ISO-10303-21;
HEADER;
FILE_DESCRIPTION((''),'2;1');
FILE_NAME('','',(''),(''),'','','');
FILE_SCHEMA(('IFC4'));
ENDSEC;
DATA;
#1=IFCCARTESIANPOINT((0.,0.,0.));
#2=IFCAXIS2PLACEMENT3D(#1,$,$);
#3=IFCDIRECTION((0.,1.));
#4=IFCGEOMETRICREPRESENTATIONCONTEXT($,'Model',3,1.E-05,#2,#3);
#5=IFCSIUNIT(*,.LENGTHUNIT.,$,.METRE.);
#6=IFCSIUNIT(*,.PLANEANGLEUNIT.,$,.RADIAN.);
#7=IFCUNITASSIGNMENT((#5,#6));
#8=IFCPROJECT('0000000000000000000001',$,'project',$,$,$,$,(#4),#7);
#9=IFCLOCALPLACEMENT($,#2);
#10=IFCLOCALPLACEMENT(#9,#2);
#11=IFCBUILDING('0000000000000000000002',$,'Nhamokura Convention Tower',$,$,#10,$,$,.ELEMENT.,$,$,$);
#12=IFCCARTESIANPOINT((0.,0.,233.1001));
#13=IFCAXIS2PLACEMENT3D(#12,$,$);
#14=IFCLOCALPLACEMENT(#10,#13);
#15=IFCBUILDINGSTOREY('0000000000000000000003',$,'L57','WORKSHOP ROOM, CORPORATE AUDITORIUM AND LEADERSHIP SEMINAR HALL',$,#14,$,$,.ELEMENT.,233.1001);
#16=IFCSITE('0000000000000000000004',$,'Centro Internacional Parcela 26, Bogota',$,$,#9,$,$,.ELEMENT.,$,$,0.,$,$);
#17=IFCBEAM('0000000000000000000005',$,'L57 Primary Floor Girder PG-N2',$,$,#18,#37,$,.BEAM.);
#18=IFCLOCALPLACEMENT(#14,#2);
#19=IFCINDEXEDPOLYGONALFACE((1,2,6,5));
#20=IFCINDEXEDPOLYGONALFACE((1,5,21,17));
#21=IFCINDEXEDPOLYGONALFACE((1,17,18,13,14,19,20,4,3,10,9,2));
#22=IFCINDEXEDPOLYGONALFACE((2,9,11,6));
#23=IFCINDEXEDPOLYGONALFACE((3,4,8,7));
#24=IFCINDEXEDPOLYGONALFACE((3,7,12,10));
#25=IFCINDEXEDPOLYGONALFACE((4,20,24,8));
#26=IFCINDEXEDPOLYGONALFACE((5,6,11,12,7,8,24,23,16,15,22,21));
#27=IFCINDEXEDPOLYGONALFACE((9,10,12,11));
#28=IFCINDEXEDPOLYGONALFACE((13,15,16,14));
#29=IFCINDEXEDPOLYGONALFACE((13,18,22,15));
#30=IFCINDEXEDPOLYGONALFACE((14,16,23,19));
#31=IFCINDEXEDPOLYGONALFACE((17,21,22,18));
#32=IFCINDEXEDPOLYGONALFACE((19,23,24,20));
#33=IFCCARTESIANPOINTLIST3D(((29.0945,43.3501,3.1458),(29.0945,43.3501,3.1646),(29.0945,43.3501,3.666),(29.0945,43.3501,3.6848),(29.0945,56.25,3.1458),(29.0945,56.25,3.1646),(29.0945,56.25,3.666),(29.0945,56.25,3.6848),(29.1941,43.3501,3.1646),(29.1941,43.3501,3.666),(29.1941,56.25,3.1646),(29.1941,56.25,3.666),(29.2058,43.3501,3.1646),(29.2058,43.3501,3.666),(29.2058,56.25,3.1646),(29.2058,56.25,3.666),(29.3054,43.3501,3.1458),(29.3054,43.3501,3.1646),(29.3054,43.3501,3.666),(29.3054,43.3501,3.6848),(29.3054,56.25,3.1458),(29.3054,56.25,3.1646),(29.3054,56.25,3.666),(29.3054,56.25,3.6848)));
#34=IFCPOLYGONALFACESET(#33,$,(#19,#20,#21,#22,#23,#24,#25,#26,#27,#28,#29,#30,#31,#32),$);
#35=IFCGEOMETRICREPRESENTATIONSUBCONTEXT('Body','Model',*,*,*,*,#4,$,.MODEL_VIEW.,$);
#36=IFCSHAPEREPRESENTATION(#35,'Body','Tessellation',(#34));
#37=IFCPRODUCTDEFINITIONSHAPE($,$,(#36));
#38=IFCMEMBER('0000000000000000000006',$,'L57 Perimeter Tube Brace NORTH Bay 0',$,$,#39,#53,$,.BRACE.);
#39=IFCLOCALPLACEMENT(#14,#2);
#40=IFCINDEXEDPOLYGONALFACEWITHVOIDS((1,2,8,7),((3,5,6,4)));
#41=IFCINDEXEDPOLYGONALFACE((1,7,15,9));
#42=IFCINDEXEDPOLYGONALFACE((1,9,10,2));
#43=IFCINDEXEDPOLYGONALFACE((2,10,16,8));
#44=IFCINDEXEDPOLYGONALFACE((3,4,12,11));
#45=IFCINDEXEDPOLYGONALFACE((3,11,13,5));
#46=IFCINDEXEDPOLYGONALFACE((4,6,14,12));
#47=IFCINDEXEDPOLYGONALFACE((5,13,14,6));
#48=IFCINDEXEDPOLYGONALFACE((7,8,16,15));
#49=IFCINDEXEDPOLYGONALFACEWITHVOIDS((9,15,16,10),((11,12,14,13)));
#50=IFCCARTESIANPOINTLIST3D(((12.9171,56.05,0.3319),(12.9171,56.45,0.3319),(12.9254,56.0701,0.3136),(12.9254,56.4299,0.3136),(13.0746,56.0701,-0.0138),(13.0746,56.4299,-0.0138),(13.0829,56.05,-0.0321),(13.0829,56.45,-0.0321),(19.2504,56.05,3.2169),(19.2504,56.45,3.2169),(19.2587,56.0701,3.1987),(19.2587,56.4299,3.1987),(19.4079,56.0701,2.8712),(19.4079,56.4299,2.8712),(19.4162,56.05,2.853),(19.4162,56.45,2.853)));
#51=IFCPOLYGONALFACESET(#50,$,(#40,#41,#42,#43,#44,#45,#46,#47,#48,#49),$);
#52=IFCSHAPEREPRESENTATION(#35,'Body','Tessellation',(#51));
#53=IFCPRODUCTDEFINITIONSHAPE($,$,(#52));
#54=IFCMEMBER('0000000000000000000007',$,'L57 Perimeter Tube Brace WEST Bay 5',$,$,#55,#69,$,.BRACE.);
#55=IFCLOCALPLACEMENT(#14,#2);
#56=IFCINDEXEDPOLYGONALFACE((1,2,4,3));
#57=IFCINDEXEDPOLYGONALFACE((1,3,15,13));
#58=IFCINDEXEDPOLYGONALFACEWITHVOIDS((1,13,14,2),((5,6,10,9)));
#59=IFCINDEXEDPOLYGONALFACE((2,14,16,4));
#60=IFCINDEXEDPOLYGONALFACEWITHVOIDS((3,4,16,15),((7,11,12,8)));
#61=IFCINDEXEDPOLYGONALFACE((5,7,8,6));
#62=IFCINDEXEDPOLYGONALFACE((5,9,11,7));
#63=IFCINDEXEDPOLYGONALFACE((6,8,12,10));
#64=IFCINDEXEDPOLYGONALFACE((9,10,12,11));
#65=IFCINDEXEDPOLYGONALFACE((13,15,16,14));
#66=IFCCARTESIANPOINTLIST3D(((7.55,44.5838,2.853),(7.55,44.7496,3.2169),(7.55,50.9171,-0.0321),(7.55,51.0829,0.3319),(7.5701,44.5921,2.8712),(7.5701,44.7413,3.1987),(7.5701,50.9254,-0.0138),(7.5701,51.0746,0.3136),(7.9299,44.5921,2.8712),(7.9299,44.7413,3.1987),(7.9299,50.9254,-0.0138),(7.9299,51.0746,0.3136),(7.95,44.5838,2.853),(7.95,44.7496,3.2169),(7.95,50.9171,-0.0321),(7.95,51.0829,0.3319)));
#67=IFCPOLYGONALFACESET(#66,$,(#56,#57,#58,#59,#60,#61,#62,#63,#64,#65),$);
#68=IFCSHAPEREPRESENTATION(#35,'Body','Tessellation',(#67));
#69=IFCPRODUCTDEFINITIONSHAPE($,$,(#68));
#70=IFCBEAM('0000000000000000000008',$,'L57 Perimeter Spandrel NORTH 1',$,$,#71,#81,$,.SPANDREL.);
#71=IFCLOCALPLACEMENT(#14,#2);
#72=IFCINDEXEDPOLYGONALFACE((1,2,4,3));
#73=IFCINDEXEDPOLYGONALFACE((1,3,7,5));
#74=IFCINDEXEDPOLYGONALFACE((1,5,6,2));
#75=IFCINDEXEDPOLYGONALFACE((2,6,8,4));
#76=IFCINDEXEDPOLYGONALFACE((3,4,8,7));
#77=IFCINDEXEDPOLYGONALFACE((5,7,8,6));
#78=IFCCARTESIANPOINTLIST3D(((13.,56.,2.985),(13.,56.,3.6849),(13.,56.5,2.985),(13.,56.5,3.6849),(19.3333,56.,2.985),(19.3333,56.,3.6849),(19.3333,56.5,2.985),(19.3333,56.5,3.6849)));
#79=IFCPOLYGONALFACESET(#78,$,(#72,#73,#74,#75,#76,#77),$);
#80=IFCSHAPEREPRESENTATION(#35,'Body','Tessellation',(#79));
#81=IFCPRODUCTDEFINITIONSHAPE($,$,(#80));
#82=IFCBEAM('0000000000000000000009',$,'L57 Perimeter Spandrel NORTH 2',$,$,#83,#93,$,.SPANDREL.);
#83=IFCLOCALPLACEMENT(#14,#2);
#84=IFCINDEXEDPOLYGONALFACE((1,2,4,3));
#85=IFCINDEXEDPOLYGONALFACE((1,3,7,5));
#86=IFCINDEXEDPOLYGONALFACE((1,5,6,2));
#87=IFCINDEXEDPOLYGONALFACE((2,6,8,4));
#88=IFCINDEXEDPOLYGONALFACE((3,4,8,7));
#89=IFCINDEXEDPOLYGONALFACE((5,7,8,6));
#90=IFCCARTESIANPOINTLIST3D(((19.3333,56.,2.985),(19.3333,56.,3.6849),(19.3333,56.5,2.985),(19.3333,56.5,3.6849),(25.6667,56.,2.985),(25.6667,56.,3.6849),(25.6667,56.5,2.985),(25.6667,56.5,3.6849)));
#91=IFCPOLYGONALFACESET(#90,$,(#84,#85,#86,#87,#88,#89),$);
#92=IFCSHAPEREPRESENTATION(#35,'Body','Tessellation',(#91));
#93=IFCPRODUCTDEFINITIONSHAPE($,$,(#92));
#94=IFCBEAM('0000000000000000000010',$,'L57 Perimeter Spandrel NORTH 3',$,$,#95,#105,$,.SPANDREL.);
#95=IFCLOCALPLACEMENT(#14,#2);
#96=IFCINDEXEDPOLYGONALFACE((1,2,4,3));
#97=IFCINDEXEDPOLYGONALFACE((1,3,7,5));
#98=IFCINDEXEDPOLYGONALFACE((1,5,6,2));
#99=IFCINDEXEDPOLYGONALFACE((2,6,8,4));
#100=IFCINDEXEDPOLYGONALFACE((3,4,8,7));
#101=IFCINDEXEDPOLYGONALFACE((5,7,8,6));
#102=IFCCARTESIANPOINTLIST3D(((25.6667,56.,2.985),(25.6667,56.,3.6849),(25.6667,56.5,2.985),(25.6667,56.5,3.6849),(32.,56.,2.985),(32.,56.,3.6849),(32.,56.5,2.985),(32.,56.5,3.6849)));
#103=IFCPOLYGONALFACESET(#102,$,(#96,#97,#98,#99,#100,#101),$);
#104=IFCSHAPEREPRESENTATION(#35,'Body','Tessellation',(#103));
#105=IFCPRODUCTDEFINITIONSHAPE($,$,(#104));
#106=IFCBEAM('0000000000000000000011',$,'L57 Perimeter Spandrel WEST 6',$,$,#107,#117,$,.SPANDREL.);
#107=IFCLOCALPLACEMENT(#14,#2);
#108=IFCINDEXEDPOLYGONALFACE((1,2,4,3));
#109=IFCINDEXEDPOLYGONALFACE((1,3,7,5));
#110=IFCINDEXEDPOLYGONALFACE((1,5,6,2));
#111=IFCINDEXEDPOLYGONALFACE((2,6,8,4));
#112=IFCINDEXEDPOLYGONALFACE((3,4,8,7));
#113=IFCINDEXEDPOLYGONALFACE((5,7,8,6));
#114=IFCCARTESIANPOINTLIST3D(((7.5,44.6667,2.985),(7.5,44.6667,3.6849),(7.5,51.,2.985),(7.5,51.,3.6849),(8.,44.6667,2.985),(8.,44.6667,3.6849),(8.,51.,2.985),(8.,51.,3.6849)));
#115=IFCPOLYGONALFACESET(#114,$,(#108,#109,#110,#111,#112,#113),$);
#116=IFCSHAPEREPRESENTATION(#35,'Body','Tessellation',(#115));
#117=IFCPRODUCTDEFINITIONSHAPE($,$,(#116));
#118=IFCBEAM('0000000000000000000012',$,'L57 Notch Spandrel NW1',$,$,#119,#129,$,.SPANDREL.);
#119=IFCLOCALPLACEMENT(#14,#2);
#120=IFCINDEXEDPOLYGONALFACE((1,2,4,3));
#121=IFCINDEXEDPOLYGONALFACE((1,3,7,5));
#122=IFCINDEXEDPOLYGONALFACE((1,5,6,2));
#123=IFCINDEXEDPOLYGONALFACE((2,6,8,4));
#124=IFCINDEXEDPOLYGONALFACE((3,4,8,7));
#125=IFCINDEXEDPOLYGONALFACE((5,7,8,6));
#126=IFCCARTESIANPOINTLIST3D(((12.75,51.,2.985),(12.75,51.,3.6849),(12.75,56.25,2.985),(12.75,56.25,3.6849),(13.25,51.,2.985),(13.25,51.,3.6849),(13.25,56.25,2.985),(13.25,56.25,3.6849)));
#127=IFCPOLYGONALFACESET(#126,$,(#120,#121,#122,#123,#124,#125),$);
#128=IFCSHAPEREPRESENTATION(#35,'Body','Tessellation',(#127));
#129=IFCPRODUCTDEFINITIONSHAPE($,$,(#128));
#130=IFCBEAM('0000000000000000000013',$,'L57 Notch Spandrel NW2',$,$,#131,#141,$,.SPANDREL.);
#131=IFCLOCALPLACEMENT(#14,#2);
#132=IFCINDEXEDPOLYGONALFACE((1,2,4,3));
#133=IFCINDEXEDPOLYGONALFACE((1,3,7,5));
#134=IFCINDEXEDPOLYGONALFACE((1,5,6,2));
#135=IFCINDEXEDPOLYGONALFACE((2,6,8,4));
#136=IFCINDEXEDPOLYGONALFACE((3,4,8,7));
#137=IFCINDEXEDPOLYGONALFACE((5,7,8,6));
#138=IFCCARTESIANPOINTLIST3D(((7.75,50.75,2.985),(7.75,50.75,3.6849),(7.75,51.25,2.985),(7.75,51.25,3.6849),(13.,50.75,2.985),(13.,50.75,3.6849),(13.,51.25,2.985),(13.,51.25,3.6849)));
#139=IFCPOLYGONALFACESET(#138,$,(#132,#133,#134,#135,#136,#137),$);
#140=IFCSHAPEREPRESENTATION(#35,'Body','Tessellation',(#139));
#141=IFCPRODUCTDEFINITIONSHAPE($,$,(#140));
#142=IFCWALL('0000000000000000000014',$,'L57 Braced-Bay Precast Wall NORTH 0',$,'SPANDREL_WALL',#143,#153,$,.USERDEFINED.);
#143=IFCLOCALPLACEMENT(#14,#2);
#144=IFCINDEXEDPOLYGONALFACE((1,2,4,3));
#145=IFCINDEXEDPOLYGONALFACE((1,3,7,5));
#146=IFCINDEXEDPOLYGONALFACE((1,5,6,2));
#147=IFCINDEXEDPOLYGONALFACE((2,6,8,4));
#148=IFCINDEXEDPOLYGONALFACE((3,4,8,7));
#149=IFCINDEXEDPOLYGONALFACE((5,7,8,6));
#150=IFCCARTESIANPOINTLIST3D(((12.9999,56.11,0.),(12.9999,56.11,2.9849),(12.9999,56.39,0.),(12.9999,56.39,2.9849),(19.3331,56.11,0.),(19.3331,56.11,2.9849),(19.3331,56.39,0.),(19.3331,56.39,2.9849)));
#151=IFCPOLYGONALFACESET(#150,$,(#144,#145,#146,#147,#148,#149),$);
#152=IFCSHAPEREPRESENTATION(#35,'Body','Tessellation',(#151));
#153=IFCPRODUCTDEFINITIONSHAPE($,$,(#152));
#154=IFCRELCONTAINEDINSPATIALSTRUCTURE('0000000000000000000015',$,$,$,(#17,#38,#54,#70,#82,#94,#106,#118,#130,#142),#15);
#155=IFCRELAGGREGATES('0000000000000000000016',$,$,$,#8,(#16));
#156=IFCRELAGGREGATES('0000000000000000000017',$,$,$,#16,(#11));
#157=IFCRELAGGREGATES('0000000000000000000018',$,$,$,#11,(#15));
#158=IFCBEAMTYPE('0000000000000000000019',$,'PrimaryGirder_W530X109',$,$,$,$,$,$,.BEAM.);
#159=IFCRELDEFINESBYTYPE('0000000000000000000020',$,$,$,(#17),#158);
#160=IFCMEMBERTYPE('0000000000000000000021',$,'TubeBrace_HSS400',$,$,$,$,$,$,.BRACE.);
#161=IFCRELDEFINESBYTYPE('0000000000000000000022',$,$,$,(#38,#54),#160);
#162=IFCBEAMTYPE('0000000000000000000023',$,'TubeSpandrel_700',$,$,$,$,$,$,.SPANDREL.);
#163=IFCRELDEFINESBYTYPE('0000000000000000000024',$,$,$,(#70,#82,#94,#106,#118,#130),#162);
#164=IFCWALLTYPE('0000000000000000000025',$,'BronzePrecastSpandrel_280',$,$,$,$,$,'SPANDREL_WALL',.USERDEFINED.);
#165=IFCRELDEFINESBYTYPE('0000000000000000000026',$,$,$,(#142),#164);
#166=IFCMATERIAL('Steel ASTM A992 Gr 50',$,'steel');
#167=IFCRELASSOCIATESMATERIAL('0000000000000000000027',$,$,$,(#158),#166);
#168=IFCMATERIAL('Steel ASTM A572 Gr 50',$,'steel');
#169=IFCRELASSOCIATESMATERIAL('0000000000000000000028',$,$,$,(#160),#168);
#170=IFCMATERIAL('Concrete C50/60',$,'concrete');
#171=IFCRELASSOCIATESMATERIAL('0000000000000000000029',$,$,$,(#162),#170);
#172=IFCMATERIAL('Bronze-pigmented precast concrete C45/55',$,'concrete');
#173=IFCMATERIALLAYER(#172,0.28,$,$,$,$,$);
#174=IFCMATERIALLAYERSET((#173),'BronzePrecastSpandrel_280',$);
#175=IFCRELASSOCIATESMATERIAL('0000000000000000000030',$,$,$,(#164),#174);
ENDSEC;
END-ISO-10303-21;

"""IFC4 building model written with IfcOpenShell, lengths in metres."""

from ifc_helpers import new_model, si_unit, direction, frame, frame_2d, origin, origin_2d, place, context, subcontext, project, spatial, rectangle, hollow_rectangle, i_section, extrude, material, layer, layer_set, material_profile, profile_set, type_object, element, save


model = new_model("IFC4")

# Units and contexts
model_context = context("Model", 3, precision=1e-05, world=origin(), true_north=direction((0.0, 1.0)))
body_context = subcontext(model_context, "Body", "Model", "MODEL_VIEW")
ifc_project = project(units=[si_unit("LENGTHUNIT", "METRE"), si_unit("PLANEANGLEUNIT", "RADIAN")], contexts=[model_context])

# Site, building, storey
site_placement = place(None, origin())
site = spatial("IfcSite", under=ifc_project, at=site_placement, Name="Centro Internacional Parcela 26, Bogota", CompositionType="ELEMENT", RefElevation=0.0)
building_placement = place(site_placement, origin())
building = spatial("IfcBuilding", under=site, at=building_placement, Name="Nhamokura Convention Tower", CompositionType="ELEMENT")
storey_placement = place(building_placement, frame((0.0, 0.0, 233.1001)))
storey = spatial("IfcBuildingStorey", under=building, at=storey_placement, Name="L57", Description="WORKSHOP ROOM, CORPORATE AUDITORIUM AND LEADERSHIP SEMINAR HALL", CompositionType="ELEMENT", Elevation=233.1001)

# Beam
ifc_material_1 = material(Name="Steel ASTM A992 Gr 50", Category="steel")
ifc_material_profile_1 = material_profile(ifc_material_1, i_section(OverallWidth=0.2109, OverallDepth=0.5391, WebThickness=0.0117, FlangeThickness=0.0188, at=origin_2d()))
ifc_profile_set_1 = profile_set([ifc_material_profile_1], Name="Steel ASTM A992 Gr 50")
beam_type_1 = type_object("IfcBeamType", Name="PrimaryGirder_W530X109", PredefinedType="BEAM", material=ifc_profile_set_1)
beam_1_placement = place(storey_placement, frame((29.2, 43.3501, 3.4153), z_axis=(0.0, 1.0, 0.0), x_axis=(-1.0, 0.0, 0.0)))
element("IfcBeam", 1, at=beam_1_placement, inside=storey, type_object=beam_type_1, Name="L57 Primary Floor Girder PG-N2", PredefinedType="BEAM", context=body_context, shape_type="SweptSolid", body=[
    extrude(i_section(OverallWidth=0.2109, OverallDepth=0.5391, WebThickness=0.0117, FlangeThickness=0.0188, at=origin_2d()), origin(), (0.0, 0.0, 1.0), 12.8999),
])

# Members
ifc_material_2 = material(Name="Steel ASTM A572 Gr 50", Category="steel")
ifc_material_profile_2 = material_profile(ifc_material_2, hollow_rectangle(XDim=0.3999, YDim=0.3999, WallThickness=0.02, at=origin_2d()))
ifc_profile_set_2 = profile_set([ifc_material_profile_2], Name="Steel ASTM A572 Gr 50")
member_type_1 = type_object("IfcMemberType", Name="TubeBrace_HSS400", PredefinedType="BRACE", material=ifc_profile_set_2)
for number, where, z_axis, x_axis, name in (
    (2, (13.0, 56.25, 0.1499), (0.910027, 0.0, 0.414548), (0.0, 1.0, 0.0), "L57 Perimeter Tube Brace NORTH Bay 0"),
    (3, (7.75, 51.0, 0.1499), (0.0, -0.910027, 0.414548), (1.0, 0.0, 0.0), "L57 Perimeter Tube Brace WEST Bay 5"),
):
    element("IfcMember", number, at=place(storey_placement, frame(where, z_axis=z_axis, x_axis=x_axis)), inside=storey, type_object=member_type_1, Name=name, PredefinedType="BRACE", context=body_context, shape_type="SweptSolid", body=[
        extrude(hollow_rectangle(XDim=0.3999, YDim=0.3999, WallThickness=0.02, at=origin_2d()), origin(), (0.0, 0.0, 1.0), 6.9595),
    ])

# Beams
ifc_material_3 = material(Name="Concrete C50/60", Category="concrete")
ifc_material_profile_3 = material_profile(ifc_material_3, rectangle(XDim=0.5, YDim=0.7, at=origin_2d()))
ifc_profile_set_3 = profile_set([ifc_material_profile_3], Name="Concrete C50/60")
beam_type_2 = type_object("IfcBeamType", Name="TubeSpandrel_700", PredefinedType="SPANDREL", material=ifc_profile_set_3)
beam_2_placement = place(storey_placement, frame((13.0, 56.25, 3.335), z_axis=(1.0, 0.0, 0.0), x_axis=(0.0, 1.0, 0.0)))
element("IfcBeam", 4, at=beam_2_placement, inside=storey, type_object=beam_type_2, Name="L57 Perimeter Spandrel NORTH 1", PredefinedType="SPANDREL", context=body_context, shape_type="SweptSolid", body=[
    extrude(rectangle(XDim=0.5, YDim=0.7, at=origin_2d()), origin(), (0.0, 0.0, 1.0), 6.3333),
])
beam_3_placement = place(storey_placement, frame((19.3333, 56.25, 3.335), z_axis=(1.0, 0.0, 0.0), x_axis=(0.0, 1.0, 0.0)))
element("IfcBeam", 5, at=beam_3_placement, inside=storey, type_object=beam_type_2, Name="L57 Perimeter Spandrel NORTH 2", PredefinedType="SPANDREL", context=body_context, shape_type="SweptSolid", body=[
    extrude(rectangle(XDim=0.5, YDim=0.7, at=origin_2d()), origin(), (0.0, 0.0, 1.0), 6.3335),
])
for number, where, z_axis, x_axis, name in (
    (6, (25.6667, 56.25, 3.335), (1.0, 0.0, 0.0), (0.0, 1.0, 0.0), "L57 Perimeter Spandrel NORTH 3"),
    (7, (7.75, 44.6667, 3.335), (0.0, 1.0, 0.0), (-1.0, 0.0, 0.0), "L57 Perimeter Spandrel WEST 6"),
):
    element("IfcBeam", number, at=place(storey_placement, frame(where, z_axis=z_axis, x_axis=x_axis)), inside=storey, type_object=beam_type_2, Name=name, PredefinedType="SPANDREL", context=body_context, shape_type="SweptSolid", body=[
        extrude(rectangle(XDim=0.5, YDim=0.7, at=origin_2d()), origin(), (0.0, 0.0, 1.0), 6.3333),
    ])
for number, where, z_axis, x_axis, name in (
    (8, (13.0, 56.25, 3.335), (0.0, -1.0, 0.0), (1.0, 0.0, 0.0), "L57 Notch Spandrel NW1"),
    (9, (13.0, 51.0, 3.335), (-1.0, 0.0, 0.0), (0.0, -1.0, 0.0), "L57 Notch Spandrel NW2"),
):
    element("IfcBeam", number, at=place(storey_placement, frame(where, z_axis=z_axis, x_axis=x_axis)), inside=storey, type_object=beam_type_2, Name=name, PredefinedType="SPANDREL", context=body_context, shape_type="SweptSolid", body=[
        extrude(rectangle(XDim=0.5, YDim=0.7, at=origin_2d()), origin(), (0.0, 0.0, 1.0), 5.25),
    ])

# Wall
ifc_material_4 = material(Name="Bronze-pigmented precast concrete C45/55", Category="concrete")
ifc_layer_1 = layer(ifc_material_4, 0.28)
ifc_layer_set_1 = layer_set([ifc_layer_1], Name="BronzePrecastSpandrel_280")
wall_type_1 = type_object("IfcWallType", Name="BronzePrecastSpandrel_280", ElementType="SPANDREL_WALL", PredefinedType="USERDEFINED", material=ifc_layer_set_1)
wall_1_placement = place(storey_placement, frame((13.0, 56.25, 0.0), z_axis=(0.0, 0.0, 1.0), x_axis=(1.0, 0.0, 0.0)))
element("IfcWall", 10, at=wall_1_placement, inside=storey, type_object=wall_type_1, Name="L57 Braced-Bay Precast Wall NORTH 0", ObjectType="SPANDREL_WALL", PredefinedType="USERDEFINED", context=body_context, shape_type="SweptSolid", body=[
    extrude(rectangle(XDim=6.3333, YDim=0.28, at=frame_2d((3.1665, 0.0))), origin(), (0.0, 0.0, 1.0), 2.9849),
])

save(model, "model.ifc")
